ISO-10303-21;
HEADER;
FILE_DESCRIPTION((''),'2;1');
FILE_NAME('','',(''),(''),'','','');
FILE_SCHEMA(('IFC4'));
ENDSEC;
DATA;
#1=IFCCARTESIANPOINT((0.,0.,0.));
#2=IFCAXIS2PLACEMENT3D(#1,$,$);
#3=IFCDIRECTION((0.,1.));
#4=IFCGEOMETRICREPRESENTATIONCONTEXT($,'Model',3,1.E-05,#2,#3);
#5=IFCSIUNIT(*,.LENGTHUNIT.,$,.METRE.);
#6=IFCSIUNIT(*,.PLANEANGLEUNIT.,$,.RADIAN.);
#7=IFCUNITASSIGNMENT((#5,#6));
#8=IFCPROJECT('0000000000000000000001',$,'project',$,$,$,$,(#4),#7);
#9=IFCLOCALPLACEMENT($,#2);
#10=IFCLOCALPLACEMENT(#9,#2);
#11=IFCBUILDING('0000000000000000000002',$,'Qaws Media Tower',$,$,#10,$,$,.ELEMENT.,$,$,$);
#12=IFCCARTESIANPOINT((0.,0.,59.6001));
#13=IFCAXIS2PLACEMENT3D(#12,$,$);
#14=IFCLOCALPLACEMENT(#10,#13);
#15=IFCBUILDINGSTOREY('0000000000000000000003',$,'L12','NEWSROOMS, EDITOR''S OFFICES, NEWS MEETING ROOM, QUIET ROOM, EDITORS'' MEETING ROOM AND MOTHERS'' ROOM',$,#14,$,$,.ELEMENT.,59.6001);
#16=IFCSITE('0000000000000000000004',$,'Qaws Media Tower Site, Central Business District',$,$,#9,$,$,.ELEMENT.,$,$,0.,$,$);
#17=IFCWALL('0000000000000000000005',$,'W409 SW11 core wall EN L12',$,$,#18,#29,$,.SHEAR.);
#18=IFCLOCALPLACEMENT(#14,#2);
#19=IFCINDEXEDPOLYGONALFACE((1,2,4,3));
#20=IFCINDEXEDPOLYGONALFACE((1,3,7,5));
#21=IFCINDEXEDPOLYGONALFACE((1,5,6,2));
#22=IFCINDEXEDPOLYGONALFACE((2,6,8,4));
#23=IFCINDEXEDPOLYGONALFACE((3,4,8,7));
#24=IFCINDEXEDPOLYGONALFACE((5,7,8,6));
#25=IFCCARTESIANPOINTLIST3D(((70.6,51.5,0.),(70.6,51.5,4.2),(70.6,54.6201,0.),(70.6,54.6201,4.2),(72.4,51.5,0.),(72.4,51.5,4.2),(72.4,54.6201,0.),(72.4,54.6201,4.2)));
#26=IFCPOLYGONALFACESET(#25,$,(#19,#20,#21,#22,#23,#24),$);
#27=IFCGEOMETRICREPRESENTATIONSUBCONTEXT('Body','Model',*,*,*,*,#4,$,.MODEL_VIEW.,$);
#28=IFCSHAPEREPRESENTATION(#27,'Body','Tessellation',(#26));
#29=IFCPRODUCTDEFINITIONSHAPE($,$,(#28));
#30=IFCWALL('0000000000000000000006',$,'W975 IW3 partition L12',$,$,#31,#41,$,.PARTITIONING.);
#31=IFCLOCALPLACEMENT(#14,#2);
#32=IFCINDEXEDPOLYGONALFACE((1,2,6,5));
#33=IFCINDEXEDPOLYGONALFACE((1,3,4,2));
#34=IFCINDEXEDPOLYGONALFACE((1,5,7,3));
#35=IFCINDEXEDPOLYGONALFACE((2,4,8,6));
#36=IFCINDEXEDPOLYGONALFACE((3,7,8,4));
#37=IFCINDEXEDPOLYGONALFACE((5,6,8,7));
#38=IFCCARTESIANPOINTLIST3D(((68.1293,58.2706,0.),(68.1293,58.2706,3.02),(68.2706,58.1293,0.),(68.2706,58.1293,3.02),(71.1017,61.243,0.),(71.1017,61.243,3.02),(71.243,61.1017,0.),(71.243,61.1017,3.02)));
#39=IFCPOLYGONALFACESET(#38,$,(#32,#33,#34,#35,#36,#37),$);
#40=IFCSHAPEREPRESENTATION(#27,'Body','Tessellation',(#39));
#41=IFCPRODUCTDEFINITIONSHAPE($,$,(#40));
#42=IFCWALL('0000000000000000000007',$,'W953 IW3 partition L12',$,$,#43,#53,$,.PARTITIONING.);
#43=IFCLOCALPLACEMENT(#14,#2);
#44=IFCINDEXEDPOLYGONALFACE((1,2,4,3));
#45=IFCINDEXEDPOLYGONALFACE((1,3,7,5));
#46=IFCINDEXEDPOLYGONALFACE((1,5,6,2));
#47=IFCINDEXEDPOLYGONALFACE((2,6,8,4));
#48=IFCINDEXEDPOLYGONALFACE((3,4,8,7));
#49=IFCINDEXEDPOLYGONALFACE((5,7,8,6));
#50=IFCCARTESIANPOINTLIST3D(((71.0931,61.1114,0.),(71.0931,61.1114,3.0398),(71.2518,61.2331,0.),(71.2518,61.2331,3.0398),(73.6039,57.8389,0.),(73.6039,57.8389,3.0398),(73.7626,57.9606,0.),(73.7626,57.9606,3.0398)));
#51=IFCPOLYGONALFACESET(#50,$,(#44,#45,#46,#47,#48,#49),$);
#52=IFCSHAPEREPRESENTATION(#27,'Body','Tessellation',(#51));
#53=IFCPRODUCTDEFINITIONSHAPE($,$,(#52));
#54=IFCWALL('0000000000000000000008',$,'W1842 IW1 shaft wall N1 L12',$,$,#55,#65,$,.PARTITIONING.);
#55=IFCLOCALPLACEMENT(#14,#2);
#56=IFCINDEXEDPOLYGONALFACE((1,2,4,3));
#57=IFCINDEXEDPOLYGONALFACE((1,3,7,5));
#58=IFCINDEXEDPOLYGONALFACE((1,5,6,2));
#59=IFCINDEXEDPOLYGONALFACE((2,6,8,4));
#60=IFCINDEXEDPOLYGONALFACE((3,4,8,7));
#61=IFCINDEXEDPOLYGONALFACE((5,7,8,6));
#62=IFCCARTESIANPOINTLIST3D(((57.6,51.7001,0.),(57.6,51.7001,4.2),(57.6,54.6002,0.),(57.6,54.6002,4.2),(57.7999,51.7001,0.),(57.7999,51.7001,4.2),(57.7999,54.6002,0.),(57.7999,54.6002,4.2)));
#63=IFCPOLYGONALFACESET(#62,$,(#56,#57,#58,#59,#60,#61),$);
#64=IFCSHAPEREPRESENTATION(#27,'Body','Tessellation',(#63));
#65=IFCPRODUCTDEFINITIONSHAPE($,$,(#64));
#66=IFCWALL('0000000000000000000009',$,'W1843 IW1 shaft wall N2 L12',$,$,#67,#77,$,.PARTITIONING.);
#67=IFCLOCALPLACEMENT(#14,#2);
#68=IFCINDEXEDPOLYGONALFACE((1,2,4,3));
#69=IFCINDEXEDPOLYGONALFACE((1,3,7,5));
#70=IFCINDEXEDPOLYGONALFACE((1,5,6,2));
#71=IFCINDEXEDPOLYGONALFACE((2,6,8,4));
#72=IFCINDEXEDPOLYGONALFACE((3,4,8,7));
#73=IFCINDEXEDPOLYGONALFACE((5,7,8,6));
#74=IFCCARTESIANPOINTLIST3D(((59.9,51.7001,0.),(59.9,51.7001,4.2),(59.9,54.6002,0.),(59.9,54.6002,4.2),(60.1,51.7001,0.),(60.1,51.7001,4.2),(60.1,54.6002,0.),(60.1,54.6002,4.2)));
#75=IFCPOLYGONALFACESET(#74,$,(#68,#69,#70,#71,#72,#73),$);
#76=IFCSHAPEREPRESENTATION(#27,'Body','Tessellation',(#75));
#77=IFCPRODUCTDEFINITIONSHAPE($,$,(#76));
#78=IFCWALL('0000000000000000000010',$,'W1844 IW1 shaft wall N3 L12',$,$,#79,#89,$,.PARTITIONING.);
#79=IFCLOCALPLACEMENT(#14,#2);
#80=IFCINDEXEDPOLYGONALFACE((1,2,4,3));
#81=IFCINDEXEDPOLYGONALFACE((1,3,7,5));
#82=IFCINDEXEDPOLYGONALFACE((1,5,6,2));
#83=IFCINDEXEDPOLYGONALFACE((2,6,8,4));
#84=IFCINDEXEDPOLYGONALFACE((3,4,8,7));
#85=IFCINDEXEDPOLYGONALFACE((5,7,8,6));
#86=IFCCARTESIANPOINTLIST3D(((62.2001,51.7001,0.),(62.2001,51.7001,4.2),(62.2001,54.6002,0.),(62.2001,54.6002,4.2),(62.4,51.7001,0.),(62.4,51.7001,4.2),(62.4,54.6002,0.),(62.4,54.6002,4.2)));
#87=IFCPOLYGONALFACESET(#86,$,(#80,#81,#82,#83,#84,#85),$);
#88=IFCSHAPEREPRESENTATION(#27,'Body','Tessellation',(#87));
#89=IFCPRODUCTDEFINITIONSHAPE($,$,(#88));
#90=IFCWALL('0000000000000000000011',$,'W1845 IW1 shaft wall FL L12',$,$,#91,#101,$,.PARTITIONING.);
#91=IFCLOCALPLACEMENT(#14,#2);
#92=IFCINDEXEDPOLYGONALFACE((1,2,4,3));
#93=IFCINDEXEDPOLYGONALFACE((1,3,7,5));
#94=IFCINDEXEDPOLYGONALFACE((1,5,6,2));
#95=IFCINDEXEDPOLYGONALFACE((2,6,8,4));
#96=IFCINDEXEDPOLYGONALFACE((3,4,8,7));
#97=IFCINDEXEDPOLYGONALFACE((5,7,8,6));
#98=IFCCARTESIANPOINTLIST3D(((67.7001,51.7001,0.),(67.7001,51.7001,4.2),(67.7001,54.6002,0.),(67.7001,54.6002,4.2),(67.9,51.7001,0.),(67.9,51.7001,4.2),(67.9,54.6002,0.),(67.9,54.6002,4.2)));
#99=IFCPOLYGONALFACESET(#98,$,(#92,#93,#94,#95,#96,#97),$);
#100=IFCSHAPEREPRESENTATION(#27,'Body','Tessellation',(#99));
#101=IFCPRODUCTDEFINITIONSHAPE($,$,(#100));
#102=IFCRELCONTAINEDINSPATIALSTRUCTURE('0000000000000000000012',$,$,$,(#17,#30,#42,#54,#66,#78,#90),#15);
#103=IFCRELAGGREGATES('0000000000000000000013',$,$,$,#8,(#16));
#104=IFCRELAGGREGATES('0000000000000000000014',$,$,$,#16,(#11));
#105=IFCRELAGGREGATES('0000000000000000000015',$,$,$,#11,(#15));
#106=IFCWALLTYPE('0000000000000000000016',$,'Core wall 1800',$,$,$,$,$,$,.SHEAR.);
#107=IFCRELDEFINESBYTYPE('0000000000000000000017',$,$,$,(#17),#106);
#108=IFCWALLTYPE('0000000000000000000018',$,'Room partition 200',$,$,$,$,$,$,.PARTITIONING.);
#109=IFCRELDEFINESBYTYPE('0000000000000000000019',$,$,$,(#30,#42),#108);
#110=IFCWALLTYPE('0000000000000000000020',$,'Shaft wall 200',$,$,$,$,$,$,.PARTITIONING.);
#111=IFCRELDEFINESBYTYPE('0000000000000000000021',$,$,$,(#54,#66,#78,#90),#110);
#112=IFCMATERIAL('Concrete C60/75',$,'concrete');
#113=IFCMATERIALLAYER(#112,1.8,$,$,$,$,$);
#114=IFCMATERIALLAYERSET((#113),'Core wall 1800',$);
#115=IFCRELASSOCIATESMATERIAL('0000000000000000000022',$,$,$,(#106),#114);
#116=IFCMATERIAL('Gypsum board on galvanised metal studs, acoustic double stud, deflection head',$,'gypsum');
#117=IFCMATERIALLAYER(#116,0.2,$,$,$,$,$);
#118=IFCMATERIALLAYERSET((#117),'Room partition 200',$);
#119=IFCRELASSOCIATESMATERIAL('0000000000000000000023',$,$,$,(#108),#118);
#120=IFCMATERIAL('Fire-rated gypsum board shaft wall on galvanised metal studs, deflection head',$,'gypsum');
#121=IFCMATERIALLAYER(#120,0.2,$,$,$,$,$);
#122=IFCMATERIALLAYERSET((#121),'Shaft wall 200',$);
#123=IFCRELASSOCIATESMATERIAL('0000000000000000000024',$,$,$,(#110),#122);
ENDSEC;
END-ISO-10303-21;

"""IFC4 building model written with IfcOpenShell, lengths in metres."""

from ifc_helpers import new_model, si_unit, direction, frame, frame_2d, origin, place, context, subcontext, project, spatial, rectangle, extrude, material, layer, layer_set, type_object, element, save


model = new_model("IFC4")

# Units and contexts
model_context = context("Model", 3, precision=1e-05, world=origin(), true_north=direction((0.0, 1.0)))
body_context = subcontext(model_context, "Body", "Model", "MODEL_VIEW")
ifc_project = project(units=[si_unit("LENGTHUNIT", "METRE"), si_unit("PLANEANGLEUNIT", "RADIAN")], contexts=[model_context])

# Site, building, storey
site_placement = place(None, origin())
site = spatial("IfcSite", under=ifc_project, at=site_placement, Name="Qaws Media Tower Site, Central Business District", CompositionType="ELEMENT", RefElevation=0.0)
building_placement = place(site_placement, origin())
building = spatial("IfcBuilding", under=site, at=building_placement, Name="Qaws Media Tower", CompositionType="ELEMENT")
storey_placement = place(building_placement, frame((0.0, 0.0, 59.6001)))
storey = spatial("IfcBuildingStorey", under=building, at=storey_placement, Name="L12", Description="NEWSROOMS, EDITOR'S OFFICES, NEWS MEETING ROOM, QUIET ROOM, EDITORS' MEETING ROOM AND MOTHERS' ROOM", CompositionType="ELEMENT", Elevation=59.6001)

# Shared definitions
ifc_material_1 = material(Name="Concrete C60/75", Category="concrete")
ifc_layer_1 = layer(ifc_material_1, 1.8)
ifc_layer_set_1 = layer_set([ifc_layer_1], Name="Core wall 1800")
wall_type_1 = type_object("IfcWallType", Name="Core wall 1800", PredefinedType="SHEAR", material=ifc_layer_set_1)

# Walls
wall_1_placement = place(storey_placement, frame((71.5, 51.5, 0.0), z_axis=(0.0, 0.0, 1.0), x_axis=(0.0, 1.0, 0.0)))
element("IfcWall", 1, at=wall_1_placement, inside=storey, type_object=wall_type_1, Name="W409 SW11 core wall EN L12", PredefinedType="SHEAR", context=body_context, shape_type="SweptSolid", body=[
    extrude(rectangle(XDim=3.1201, YDim=1.8, at=frame_2d((1.5601, 0.0))), origin(), (0.0, 0.0, 1.0), 4.2),
])
ifc_material_2 = material(Name="Gypsum board on galvanised metal studs, acoustic double stud, deflection head", Category="gypsum")
ifc_layer_2 = layer(ifc_material_2, 0.2)
ifc_layer_set_2 = layer_set([ifc_layer_2], Name="Room partition 200")
wall_type_2 = type_object("IfcWallType", Name="Room partition 200", PredefinedType="PARTITIONING", material=ifc_layer_set_2)
wall_2_placement = place(storey_placement, frame((68.2, 58.2, 0.0), z_axis=(0.0, 0.0, 1.0), x_axis=(0.707107, 0.707107, 0.0)))
element("IfcWall", 2, at=wall_2_placement, inside=storey, type_object=wall_type_2, Name="W975 IW3 partition L12", PredefinedType="PARTITIONING", context=body_context, shape_type="SweptSolid", body=[
    extrude(rectangle(XDim=4.2036, YDim=0.2, at=frame_2d((2.1018, 0.0))), origin(), (0.0, 0.0, 1.0), 3.02),
])
wall_3_placement = place(storey_placement, frame((71.1724, 61.1724, 0.0), z_axis=(0.0, 0.0, 1.0), x_axis=(0.608715, -0.793389, 0.0)))
element("IfcWall", 3, at=wall_3_placement, inside=storey, type_object=wall_type_2, Name="W953 IW3 partition L12", PredefinedType="PARTITIONING", context=body_context, shape_type="SweptSolid", body=[
    extrude(rectangle(XDim=4.1248, YDim=0.2, at=frame_2d((2.0625, 0.0))), origin(), (0.0, 0.0, 1.0), 3.0398),
])
ifc_material_3 = material(Name="Fire-rated gypsum board shaft wall on galvanised metal studs, deflection head", Category="gypsum")
ifc_layer_3 = layer(ifc_material_3, 0.2)
ifc_layer_set_3 = layer_set([ifc_layer_3], Name="Shaft wall 200")
wall_type_3 = type_object("IfcWallType", Name="Shaft wall 200", PredefinedType="PARTITIONING", material=ifc_layer_set_3)
for number, where, z_axis, x_axis, name in (
    (4, (57.7, 51.7, 0.0), (0.0, 0.0, 1.0), (0.0, 1.0, 0.0), "W1842 IW1 shaft wall N1 L12"),
    (5, (60.0, 51.7, 0.0), (0.0, 0.0, 1.0), (0.0, 1.0, 0.0), "W1843 IW1 shaft wall N2 L12"),
    (6, (62.3, 51.7, 0.0), (0.0, 0.0, 1.0), (0.0, 1.0, 0.0), "W1844 IW1 shaft wall N3 L12"),
    (7, (67.8, 51.7, 0.0), (0.0, 0.0, 1.0), (0.0, 1.0, 0.0), "W1845 IW1 shaft wall FL L12"),
):
    element("IfcWall", number, at=place(storey_placement, frame(where, z_axis=z_axis, x_axis=x_axis)), inside=storey, type_object=wall_type_3, Name=name, PredefinedType="PARTITIONING", context=body_context, shape_type="SweptSolid", body=[
        extrude(rectangle(XDim=2.9001, YDim=0.2, at=frame_2d((1.4502, 0.0))), origin(), (0.0, 0.0, 1.0), 4.2),
    ])

save(model, "model.ifc")
